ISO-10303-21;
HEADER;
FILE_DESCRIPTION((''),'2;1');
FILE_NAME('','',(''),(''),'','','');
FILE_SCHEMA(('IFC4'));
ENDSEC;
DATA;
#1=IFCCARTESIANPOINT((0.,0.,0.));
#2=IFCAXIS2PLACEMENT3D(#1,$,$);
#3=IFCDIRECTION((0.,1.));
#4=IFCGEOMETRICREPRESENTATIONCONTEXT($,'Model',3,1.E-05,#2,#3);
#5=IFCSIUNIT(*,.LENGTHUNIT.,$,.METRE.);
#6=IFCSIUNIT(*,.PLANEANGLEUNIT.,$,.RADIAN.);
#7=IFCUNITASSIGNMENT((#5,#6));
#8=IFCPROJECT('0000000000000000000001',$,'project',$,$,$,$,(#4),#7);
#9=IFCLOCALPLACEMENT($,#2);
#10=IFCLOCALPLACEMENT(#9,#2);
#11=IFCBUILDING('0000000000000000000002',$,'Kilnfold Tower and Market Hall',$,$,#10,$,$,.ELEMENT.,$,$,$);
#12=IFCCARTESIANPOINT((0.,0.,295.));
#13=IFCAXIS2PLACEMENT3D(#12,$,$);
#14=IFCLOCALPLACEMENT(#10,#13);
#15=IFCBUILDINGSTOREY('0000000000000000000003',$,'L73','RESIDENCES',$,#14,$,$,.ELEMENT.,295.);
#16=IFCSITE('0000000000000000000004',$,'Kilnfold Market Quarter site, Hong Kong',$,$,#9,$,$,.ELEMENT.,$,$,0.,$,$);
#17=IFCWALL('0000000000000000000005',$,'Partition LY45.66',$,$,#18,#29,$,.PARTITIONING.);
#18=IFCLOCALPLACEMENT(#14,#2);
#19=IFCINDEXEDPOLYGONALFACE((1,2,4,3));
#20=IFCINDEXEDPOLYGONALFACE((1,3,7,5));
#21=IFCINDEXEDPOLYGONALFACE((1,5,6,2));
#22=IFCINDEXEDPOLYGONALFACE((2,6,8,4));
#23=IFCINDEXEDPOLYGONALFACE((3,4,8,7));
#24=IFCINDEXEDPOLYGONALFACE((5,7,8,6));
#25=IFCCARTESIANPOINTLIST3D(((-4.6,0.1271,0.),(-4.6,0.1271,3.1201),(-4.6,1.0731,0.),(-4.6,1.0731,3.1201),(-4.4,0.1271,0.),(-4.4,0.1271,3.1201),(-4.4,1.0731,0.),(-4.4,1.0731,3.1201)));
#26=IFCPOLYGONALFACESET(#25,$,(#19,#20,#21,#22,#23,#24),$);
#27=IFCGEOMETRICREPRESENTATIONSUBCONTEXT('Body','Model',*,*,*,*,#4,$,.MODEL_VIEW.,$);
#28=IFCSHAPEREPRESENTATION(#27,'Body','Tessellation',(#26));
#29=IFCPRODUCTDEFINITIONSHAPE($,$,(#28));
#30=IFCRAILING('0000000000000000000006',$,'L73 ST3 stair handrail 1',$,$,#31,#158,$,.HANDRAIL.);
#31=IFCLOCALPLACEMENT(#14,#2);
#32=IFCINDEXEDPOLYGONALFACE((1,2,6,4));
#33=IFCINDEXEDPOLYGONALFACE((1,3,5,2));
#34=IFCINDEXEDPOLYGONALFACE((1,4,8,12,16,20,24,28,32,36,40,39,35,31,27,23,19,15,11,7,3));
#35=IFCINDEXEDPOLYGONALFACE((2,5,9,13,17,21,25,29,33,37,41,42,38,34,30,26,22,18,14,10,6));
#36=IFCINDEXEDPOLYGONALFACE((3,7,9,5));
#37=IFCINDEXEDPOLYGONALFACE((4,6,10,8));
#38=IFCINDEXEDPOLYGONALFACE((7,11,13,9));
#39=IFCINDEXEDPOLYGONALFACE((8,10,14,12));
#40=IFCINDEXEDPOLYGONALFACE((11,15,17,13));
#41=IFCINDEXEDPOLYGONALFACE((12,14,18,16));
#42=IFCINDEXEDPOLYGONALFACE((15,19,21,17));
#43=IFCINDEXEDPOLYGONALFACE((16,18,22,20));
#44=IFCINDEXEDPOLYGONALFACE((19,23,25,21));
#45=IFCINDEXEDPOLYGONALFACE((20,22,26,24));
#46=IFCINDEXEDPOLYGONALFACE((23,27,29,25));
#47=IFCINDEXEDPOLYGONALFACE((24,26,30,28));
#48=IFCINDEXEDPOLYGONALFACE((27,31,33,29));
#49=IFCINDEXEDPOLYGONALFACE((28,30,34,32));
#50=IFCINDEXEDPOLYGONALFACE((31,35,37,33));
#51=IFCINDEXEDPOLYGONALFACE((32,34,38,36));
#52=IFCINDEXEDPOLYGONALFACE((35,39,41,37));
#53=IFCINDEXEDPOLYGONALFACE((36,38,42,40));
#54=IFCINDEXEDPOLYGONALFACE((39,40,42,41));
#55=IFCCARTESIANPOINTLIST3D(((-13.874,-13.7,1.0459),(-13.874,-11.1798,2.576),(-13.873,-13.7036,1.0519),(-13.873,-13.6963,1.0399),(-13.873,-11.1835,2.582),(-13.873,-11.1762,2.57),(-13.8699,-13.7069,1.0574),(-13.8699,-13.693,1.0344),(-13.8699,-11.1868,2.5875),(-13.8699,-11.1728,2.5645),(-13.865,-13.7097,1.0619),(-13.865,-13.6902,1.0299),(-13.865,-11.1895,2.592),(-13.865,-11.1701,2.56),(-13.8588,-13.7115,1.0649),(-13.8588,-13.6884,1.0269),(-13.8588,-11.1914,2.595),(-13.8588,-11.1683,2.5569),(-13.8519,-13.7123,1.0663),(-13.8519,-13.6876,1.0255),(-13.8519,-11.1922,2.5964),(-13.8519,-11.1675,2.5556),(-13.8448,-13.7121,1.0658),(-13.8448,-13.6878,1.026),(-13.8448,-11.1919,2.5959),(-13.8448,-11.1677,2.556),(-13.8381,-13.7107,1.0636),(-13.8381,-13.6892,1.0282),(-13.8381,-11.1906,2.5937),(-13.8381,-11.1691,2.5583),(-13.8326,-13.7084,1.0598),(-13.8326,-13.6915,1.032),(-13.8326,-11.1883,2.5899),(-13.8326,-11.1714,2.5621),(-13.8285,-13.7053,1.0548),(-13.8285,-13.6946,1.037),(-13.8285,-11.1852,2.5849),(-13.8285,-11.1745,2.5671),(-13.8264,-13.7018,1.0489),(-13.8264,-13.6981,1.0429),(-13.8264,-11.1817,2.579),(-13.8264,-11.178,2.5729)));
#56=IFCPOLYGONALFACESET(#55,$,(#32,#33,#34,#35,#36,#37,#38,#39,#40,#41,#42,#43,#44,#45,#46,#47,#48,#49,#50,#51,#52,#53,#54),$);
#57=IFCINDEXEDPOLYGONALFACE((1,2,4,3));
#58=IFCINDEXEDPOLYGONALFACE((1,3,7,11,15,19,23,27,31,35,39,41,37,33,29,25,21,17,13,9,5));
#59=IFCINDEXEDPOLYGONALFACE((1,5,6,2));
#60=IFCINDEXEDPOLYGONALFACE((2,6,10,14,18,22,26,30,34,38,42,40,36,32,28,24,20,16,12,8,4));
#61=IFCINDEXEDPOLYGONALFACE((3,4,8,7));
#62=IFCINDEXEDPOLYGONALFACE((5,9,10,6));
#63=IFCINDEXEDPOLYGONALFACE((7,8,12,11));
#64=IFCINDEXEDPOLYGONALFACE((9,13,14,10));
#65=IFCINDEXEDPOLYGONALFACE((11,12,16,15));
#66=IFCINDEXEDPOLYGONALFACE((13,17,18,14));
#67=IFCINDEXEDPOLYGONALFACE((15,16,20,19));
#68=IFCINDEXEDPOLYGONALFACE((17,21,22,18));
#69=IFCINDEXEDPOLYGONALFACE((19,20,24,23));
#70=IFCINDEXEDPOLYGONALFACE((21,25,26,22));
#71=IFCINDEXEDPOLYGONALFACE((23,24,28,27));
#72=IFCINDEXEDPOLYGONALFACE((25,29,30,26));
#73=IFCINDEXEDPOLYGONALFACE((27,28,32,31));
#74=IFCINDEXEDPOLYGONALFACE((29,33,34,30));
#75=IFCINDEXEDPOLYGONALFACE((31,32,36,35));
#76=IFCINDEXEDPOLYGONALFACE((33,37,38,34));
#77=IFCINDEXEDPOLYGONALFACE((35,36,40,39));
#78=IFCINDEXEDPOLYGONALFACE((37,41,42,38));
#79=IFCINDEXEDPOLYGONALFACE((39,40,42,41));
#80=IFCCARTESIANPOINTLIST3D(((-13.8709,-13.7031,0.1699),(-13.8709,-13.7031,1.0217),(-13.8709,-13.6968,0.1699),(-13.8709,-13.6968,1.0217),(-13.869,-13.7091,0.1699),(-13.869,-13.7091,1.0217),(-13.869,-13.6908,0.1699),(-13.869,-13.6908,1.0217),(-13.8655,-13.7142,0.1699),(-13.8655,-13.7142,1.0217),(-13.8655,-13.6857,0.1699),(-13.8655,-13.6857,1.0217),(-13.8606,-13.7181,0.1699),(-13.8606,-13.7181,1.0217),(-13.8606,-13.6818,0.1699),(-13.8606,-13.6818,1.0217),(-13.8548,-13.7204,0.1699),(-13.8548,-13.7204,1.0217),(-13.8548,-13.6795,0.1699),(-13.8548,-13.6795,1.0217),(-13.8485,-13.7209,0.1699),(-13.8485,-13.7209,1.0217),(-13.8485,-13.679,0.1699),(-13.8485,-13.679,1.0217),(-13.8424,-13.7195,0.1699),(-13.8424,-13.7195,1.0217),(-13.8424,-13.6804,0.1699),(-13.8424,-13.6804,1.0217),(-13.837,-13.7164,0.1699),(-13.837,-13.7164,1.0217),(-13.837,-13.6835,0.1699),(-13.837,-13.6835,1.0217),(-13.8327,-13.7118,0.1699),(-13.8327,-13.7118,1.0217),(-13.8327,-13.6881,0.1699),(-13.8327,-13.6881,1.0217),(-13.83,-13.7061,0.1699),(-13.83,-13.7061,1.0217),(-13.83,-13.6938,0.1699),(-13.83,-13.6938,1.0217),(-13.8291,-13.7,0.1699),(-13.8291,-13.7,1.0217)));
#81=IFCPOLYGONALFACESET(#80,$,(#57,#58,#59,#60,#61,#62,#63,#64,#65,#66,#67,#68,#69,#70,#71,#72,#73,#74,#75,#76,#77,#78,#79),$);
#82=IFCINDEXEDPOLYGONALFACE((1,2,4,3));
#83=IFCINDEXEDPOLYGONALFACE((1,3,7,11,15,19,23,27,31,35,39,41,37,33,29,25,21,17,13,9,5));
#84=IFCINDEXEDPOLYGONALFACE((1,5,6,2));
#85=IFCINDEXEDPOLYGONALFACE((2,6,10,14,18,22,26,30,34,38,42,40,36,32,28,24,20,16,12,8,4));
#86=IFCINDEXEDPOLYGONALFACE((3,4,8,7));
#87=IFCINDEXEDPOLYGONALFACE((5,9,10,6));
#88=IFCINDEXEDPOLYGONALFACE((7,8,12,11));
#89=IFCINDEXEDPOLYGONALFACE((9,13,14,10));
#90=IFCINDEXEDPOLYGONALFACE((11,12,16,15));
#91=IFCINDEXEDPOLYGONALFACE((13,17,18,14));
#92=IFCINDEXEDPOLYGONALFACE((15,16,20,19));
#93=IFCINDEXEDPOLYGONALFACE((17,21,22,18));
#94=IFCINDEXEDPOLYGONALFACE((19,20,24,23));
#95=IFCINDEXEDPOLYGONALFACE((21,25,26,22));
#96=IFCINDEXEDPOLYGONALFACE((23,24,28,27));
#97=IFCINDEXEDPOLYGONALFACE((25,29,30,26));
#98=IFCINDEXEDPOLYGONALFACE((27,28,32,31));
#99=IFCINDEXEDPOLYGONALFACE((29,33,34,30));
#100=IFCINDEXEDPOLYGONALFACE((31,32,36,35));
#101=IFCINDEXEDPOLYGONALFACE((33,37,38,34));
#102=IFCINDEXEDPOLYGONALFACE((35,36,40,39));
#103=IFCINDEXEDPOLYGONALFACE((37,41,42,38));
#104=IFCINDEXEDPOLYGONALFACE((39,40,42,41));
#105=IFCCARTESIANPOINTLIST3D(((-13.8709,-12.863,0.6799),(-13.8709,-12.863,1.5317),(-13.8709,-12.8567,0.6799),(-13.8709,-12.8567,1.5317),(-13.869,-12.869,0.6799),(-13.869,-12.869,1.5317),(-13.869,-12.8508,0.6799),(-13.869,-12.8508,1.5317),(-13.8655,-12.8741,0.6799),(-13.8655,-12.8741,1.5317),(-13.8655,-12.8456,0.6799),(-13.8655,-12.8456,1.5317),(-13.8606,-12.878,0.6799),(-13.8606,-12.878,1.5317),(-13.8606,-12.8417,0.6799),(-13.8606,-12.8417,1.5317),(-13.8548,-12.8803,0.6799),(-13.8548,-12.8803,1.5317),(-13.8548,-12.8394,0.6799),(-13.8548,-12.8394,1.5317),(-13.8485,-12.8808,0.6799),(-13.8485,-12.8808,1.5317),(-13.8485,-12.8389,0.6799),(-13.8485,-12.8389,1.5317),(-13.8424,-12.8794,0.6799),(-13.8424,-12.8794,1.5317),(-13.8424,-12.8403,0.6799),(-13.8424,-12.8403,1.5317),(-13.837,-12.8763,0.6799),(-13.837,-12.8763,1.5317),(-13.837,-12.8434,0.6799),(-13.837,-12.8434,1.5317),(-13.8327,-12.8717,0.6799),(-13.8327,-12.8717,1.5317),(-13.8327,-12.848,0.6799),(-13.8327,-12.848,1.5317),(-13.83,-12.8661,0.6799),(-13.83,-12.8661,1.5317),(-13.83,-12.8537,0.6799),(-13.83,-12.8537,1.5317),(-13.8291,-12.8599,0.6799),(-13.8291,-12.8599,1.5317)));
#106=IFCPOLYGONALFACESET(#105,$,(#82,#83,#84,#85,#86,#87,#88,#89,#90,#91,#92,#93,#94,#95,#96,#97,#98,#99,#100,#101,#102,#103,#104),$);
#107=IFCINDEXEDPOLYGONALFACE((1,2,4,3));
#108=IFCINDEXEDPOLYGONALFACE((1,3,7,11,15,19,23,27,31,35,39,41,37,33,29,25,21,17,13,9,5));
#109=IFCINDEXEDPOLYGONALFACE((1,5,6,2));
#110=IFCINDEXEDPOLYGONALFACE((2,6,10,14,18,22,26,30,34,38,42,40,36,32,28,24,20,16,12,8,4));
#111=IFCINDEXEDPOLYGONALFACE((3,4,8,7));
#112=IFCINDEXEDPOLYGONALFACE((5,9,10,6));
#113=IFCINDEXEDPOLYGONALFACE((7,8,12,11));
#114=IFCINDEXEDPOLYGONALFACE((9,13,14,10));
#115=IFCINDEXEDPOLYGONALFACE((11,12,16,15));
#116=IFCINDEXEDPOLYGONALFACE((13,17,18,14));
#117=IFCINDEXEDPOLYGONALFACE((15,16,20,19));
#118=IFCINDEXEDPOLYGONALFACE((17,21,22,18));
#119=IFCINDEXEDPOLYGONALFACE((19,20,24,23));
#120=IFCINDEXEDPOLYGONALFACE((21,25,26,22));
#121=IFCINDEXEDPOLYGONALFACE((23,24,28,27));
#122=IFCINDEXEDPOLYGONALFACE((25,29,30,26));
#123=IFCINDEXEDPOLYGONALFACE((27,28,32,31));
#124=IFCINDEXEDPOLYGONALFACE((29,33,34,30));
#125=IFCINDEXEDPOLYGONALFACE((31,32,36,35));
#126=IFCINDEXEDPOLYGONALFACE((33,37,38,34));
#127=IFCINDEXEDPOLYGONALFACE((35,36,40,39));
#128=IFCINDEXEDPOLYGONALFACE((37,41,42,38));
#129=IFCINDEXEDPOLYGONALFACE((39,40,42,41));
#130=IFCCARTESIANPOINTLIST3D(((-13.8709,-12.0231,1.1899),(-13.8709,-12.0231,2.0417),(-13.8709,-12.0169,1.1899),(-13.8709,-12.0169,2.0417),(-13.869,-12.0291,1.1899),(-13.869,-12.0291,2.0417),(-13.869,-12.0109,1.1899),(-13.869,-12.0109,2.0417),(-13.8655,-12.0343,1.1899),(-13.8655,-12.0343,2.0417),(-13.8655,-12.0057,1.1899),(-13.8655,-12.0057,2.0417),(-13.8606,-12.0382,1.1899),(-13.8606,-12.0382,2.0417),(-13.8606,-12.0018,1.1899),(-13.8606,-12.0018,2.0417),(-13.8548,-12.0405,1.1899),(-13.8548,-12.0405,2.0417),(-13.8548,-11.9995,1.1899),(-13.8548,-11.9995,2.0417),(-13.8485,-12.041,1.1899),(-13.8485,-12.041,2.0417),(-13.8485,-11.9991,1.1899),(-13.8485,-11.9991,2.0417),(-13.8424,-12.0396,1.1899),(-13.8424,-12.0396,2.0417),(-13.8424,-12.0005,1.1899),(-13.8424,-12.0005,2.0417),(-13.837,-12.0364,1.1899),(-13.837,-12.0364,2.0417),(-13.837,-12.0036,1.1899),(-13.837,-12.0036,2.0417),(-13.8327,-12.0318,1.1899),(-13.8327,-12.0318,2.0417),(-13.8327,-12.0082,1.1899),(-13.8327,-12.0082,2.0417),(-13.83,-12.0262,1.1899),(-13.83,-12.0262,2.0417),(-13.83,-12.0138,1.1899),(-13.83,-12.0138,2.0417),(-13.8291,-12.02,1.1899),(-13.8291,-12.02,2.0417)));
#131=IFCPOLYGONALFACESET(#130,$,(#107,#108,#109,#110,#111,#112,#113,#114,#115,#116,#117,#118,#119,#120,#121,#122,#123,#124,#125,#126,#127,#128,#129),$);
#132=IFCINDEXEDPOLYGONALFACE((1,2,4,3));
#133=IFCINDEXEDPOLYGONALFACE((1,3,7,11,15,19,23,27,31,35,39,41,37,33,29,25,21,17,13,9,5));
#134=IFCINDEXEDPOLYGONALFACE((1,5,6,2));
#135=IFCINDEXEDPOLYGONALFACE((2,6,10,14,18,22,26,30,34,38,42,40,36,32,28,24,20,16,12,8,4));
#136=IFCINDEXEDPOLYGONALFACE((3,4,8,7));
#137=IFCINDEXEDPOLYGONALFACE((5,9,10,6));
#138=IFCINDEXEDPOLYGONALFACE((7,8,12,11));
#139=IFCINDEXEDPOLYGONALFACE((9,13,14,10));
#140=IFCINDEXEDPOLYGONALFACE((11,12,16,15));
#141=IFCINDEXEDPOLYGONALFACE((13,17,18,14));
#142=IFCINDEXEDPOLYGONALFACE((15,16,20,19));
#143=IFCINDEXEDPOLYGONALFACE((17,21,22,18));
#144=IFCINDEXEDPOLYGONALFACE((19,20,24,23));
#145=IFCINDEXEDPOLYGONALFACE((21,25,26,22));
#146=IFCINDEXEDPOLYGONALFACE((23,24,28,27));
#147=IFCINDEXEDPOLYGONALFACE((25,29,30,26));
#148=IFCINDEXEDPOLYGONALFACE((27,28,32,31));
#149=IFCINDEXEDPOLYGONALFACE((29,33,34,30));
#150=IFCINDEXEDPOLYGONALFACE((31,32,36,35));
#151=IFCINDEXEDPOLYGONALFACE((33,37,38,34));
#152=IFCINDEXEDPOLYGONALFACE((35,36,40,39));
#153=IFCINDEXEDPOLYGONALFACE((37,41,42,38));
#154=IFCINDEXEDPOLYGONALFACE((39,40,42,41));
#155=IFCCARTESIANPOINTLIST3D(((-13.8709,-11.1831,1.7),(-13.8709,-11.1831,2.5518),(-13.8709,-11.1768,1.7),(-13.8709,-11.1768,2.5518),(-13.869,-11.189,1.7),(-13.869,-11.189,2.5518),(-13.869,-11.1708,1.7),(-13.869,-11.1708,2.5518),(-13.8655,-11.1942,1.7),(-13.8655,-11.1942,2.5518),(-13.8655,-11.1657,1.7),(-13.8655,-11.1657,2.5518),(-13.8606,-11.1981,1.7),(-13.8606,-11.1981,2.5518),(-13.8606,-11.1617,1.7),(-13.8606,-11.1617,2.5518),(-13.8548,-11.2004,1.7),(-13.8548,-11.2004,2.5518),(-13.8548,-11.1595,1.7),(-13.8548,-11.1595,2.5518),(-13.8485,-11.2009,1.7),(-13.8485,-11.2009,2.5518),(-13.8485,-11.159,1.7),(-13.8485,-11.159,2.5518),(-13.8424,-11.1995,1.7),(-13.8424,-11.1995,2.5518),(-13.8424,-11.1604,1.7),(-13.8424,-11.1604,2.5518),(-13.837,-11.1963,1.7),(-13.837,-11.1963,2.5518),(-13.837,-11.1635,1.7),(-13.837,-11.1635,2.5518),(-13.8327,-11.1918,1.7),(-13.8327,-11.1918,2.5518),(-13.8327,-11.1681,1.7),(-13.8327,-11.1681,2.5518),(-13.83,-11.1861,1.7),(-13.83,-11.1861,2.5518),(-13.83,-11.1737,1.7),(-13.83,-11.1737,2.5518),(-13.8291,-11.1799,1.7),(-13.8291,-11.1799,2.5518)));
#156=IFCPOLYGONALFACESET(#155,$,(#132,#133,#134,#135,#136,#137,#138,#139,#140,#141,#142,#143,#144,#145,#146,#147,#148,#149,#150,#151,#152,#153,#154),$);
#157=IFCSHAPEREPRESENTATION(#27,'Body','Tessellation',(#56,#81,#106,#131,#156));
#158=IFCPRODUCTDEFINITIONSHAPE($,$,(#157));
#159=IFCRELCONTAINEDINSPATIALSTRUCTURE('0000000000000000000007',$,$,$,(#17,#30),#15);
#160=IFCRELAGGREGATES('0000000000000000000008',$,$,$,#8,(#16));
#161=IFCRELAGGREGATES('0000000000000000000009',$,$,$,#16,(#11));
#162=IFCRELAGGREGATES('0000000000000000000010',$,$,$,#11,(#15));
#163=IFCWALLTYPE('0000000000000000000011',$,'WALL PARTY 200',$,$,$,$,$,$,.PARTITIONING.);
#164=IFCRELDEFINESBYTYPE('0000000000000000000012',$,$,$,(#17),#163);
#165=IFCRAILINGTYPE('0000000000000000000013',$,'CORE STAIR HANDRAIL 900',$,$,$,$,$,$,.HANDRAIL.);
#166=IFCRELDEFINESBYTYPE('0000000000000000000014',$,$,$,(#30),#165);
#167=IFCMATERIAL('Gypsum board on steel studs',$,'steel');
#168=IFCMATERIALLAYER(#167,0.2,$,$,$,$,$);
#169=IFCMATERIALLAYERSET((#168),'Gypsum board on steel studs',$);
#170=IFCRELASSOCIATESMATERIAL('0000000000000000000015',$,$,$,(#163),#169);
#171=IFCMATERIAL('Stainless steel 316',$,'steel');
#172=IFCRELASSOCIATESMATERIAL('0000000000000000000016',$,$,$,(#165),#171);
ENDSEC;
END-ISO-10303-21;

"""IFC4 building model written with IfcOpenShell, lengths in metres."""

from ifc_helpers import new_model, si_unit, direction, frame, frame_2d, origin, origin_2d, place, context, subcontext, project, spatial, rectangle, circle, extrude, material, layer, layer_set, type_object, element, save


model = new_model("IFC4")

# Units and contexts
model_context = context("Model", 3, precision=1e-05, world=origin(), true_north=direction((0.0, 1.0)))
body_context = subcontext(model_context, "Body", "Model", "MODEL_VIEW")
ifc_project = project(units=[si_unit("LENGTHUNIT", "METRE"), si_unit("PLANEANGLEUNIT", "RADIAN")], contexts=[model_context])

# Site, building, storey
site_placement = place(None, origin())
site = spatial("IfcSite", under=ifc_project, at=site_placement, Name="Kilnfold Market Quarter site, Hong Kong", CompositionType="ELEMENT", RefElevation=0.0)
building_placement = place(site_placement, origin())
building = spatial("IfcBuilding", under=site, at=building_placement, Name="Kilnfold Tower and Market Hall", CompositionType="ELEMENT")
storey_placement = place(building_placement, frame((0.0, 0.0, 295.0)))
storey = spatial("IfcBuildingStorey", under=building, at=storey_placement, Name="L73", Description="RESIDENCES", CompositionType="ELEMENT", Elevation=295.0)

# Wall
ifc_material_1 = material(Name="Gypsum board on steel studs", Category="steel")
ifc_layer_1 = layer(ifc_material_1, 0.2)
ifc_layer_set_1 = layer_set([ifc_layer_1], Name="Gypsum board on steel studs")
wall_type_1 = type_object("IfcWallType", Name="WALL PARTY 200", PredefinedType="PARTITIONING", material=ifc_layer_set_1)
wall_1_placement = place(storey_placement, frame((-4.5, 0.127, 0.0), z_axis=(0.0, 0.0, 1.0), x_axis=(0.0, 1.0, 0.0)))
element("IfcWall", 1, at=wall_1_placement, inside=storey, type_object=wall_type_1, Name="Partition LY45.66", PredefinedType="PARTITIONING", context=body_context, shape_type="SweptSolid", body=[
    extrude(rectangle(XDim=0.946, YDim=0.2, at=frame_2d((0.4731, 0.0))), origin(), (0.0, 0.0, 1.0), 3.1201),
])

# Railing
ifc_material_2 = material(Name="Stainless steel 316", Category="steel")
railing_type = type_object("IfcRailingType", Name="CORE STAIR HANDRAIL 900", PredefinedType="HANDRAIL", material=ifc_material_2)
railing_placement = place(storey_placement, frame((-13.8501, -13.7, 0.1699)))
element("IfcRailing", 2, at=railing_placement, inside=storey, type_object=railing_type, Name="L73 ST3 stair handrail 1", PredefinedType="HANDRAIL", context=body_context, shape_type="SweptSolid", body=[
    extrude(circle(Radius=0.0239, at=origin_2d()), frame((0.0, 0.0, 0.876), z_axis=(0.0, 0.854785, 0.518982), x_axis=(-1.0, 0.0, 0.0)), (0.0, 0.0, 1.0), 2.9482),
    extrude(circle(Radius=0.021, at=origin_2d()), origin(), (0.0, 0.0, 1.0), 0.8518),
    extrude(circle(Radius=0.021, at=origin_2d()), frame((0.0, 0.8401, 0.51)), (0.0, 0.0, 1.0), 0.8518),
    extrude(circle(Radius=0.021, at=origin_2d()), frame((0.0, 1.6799, 1.02)), (0.0, 0.0, 1.0), 0.8518),
    extrude(circle(Radius=0.021, at=origin_2d()), frame((0.0, 2.52, 1.53)), (0.0, 0.0, 1.0), 0.8518),
])

save(model, "model.ifc")
